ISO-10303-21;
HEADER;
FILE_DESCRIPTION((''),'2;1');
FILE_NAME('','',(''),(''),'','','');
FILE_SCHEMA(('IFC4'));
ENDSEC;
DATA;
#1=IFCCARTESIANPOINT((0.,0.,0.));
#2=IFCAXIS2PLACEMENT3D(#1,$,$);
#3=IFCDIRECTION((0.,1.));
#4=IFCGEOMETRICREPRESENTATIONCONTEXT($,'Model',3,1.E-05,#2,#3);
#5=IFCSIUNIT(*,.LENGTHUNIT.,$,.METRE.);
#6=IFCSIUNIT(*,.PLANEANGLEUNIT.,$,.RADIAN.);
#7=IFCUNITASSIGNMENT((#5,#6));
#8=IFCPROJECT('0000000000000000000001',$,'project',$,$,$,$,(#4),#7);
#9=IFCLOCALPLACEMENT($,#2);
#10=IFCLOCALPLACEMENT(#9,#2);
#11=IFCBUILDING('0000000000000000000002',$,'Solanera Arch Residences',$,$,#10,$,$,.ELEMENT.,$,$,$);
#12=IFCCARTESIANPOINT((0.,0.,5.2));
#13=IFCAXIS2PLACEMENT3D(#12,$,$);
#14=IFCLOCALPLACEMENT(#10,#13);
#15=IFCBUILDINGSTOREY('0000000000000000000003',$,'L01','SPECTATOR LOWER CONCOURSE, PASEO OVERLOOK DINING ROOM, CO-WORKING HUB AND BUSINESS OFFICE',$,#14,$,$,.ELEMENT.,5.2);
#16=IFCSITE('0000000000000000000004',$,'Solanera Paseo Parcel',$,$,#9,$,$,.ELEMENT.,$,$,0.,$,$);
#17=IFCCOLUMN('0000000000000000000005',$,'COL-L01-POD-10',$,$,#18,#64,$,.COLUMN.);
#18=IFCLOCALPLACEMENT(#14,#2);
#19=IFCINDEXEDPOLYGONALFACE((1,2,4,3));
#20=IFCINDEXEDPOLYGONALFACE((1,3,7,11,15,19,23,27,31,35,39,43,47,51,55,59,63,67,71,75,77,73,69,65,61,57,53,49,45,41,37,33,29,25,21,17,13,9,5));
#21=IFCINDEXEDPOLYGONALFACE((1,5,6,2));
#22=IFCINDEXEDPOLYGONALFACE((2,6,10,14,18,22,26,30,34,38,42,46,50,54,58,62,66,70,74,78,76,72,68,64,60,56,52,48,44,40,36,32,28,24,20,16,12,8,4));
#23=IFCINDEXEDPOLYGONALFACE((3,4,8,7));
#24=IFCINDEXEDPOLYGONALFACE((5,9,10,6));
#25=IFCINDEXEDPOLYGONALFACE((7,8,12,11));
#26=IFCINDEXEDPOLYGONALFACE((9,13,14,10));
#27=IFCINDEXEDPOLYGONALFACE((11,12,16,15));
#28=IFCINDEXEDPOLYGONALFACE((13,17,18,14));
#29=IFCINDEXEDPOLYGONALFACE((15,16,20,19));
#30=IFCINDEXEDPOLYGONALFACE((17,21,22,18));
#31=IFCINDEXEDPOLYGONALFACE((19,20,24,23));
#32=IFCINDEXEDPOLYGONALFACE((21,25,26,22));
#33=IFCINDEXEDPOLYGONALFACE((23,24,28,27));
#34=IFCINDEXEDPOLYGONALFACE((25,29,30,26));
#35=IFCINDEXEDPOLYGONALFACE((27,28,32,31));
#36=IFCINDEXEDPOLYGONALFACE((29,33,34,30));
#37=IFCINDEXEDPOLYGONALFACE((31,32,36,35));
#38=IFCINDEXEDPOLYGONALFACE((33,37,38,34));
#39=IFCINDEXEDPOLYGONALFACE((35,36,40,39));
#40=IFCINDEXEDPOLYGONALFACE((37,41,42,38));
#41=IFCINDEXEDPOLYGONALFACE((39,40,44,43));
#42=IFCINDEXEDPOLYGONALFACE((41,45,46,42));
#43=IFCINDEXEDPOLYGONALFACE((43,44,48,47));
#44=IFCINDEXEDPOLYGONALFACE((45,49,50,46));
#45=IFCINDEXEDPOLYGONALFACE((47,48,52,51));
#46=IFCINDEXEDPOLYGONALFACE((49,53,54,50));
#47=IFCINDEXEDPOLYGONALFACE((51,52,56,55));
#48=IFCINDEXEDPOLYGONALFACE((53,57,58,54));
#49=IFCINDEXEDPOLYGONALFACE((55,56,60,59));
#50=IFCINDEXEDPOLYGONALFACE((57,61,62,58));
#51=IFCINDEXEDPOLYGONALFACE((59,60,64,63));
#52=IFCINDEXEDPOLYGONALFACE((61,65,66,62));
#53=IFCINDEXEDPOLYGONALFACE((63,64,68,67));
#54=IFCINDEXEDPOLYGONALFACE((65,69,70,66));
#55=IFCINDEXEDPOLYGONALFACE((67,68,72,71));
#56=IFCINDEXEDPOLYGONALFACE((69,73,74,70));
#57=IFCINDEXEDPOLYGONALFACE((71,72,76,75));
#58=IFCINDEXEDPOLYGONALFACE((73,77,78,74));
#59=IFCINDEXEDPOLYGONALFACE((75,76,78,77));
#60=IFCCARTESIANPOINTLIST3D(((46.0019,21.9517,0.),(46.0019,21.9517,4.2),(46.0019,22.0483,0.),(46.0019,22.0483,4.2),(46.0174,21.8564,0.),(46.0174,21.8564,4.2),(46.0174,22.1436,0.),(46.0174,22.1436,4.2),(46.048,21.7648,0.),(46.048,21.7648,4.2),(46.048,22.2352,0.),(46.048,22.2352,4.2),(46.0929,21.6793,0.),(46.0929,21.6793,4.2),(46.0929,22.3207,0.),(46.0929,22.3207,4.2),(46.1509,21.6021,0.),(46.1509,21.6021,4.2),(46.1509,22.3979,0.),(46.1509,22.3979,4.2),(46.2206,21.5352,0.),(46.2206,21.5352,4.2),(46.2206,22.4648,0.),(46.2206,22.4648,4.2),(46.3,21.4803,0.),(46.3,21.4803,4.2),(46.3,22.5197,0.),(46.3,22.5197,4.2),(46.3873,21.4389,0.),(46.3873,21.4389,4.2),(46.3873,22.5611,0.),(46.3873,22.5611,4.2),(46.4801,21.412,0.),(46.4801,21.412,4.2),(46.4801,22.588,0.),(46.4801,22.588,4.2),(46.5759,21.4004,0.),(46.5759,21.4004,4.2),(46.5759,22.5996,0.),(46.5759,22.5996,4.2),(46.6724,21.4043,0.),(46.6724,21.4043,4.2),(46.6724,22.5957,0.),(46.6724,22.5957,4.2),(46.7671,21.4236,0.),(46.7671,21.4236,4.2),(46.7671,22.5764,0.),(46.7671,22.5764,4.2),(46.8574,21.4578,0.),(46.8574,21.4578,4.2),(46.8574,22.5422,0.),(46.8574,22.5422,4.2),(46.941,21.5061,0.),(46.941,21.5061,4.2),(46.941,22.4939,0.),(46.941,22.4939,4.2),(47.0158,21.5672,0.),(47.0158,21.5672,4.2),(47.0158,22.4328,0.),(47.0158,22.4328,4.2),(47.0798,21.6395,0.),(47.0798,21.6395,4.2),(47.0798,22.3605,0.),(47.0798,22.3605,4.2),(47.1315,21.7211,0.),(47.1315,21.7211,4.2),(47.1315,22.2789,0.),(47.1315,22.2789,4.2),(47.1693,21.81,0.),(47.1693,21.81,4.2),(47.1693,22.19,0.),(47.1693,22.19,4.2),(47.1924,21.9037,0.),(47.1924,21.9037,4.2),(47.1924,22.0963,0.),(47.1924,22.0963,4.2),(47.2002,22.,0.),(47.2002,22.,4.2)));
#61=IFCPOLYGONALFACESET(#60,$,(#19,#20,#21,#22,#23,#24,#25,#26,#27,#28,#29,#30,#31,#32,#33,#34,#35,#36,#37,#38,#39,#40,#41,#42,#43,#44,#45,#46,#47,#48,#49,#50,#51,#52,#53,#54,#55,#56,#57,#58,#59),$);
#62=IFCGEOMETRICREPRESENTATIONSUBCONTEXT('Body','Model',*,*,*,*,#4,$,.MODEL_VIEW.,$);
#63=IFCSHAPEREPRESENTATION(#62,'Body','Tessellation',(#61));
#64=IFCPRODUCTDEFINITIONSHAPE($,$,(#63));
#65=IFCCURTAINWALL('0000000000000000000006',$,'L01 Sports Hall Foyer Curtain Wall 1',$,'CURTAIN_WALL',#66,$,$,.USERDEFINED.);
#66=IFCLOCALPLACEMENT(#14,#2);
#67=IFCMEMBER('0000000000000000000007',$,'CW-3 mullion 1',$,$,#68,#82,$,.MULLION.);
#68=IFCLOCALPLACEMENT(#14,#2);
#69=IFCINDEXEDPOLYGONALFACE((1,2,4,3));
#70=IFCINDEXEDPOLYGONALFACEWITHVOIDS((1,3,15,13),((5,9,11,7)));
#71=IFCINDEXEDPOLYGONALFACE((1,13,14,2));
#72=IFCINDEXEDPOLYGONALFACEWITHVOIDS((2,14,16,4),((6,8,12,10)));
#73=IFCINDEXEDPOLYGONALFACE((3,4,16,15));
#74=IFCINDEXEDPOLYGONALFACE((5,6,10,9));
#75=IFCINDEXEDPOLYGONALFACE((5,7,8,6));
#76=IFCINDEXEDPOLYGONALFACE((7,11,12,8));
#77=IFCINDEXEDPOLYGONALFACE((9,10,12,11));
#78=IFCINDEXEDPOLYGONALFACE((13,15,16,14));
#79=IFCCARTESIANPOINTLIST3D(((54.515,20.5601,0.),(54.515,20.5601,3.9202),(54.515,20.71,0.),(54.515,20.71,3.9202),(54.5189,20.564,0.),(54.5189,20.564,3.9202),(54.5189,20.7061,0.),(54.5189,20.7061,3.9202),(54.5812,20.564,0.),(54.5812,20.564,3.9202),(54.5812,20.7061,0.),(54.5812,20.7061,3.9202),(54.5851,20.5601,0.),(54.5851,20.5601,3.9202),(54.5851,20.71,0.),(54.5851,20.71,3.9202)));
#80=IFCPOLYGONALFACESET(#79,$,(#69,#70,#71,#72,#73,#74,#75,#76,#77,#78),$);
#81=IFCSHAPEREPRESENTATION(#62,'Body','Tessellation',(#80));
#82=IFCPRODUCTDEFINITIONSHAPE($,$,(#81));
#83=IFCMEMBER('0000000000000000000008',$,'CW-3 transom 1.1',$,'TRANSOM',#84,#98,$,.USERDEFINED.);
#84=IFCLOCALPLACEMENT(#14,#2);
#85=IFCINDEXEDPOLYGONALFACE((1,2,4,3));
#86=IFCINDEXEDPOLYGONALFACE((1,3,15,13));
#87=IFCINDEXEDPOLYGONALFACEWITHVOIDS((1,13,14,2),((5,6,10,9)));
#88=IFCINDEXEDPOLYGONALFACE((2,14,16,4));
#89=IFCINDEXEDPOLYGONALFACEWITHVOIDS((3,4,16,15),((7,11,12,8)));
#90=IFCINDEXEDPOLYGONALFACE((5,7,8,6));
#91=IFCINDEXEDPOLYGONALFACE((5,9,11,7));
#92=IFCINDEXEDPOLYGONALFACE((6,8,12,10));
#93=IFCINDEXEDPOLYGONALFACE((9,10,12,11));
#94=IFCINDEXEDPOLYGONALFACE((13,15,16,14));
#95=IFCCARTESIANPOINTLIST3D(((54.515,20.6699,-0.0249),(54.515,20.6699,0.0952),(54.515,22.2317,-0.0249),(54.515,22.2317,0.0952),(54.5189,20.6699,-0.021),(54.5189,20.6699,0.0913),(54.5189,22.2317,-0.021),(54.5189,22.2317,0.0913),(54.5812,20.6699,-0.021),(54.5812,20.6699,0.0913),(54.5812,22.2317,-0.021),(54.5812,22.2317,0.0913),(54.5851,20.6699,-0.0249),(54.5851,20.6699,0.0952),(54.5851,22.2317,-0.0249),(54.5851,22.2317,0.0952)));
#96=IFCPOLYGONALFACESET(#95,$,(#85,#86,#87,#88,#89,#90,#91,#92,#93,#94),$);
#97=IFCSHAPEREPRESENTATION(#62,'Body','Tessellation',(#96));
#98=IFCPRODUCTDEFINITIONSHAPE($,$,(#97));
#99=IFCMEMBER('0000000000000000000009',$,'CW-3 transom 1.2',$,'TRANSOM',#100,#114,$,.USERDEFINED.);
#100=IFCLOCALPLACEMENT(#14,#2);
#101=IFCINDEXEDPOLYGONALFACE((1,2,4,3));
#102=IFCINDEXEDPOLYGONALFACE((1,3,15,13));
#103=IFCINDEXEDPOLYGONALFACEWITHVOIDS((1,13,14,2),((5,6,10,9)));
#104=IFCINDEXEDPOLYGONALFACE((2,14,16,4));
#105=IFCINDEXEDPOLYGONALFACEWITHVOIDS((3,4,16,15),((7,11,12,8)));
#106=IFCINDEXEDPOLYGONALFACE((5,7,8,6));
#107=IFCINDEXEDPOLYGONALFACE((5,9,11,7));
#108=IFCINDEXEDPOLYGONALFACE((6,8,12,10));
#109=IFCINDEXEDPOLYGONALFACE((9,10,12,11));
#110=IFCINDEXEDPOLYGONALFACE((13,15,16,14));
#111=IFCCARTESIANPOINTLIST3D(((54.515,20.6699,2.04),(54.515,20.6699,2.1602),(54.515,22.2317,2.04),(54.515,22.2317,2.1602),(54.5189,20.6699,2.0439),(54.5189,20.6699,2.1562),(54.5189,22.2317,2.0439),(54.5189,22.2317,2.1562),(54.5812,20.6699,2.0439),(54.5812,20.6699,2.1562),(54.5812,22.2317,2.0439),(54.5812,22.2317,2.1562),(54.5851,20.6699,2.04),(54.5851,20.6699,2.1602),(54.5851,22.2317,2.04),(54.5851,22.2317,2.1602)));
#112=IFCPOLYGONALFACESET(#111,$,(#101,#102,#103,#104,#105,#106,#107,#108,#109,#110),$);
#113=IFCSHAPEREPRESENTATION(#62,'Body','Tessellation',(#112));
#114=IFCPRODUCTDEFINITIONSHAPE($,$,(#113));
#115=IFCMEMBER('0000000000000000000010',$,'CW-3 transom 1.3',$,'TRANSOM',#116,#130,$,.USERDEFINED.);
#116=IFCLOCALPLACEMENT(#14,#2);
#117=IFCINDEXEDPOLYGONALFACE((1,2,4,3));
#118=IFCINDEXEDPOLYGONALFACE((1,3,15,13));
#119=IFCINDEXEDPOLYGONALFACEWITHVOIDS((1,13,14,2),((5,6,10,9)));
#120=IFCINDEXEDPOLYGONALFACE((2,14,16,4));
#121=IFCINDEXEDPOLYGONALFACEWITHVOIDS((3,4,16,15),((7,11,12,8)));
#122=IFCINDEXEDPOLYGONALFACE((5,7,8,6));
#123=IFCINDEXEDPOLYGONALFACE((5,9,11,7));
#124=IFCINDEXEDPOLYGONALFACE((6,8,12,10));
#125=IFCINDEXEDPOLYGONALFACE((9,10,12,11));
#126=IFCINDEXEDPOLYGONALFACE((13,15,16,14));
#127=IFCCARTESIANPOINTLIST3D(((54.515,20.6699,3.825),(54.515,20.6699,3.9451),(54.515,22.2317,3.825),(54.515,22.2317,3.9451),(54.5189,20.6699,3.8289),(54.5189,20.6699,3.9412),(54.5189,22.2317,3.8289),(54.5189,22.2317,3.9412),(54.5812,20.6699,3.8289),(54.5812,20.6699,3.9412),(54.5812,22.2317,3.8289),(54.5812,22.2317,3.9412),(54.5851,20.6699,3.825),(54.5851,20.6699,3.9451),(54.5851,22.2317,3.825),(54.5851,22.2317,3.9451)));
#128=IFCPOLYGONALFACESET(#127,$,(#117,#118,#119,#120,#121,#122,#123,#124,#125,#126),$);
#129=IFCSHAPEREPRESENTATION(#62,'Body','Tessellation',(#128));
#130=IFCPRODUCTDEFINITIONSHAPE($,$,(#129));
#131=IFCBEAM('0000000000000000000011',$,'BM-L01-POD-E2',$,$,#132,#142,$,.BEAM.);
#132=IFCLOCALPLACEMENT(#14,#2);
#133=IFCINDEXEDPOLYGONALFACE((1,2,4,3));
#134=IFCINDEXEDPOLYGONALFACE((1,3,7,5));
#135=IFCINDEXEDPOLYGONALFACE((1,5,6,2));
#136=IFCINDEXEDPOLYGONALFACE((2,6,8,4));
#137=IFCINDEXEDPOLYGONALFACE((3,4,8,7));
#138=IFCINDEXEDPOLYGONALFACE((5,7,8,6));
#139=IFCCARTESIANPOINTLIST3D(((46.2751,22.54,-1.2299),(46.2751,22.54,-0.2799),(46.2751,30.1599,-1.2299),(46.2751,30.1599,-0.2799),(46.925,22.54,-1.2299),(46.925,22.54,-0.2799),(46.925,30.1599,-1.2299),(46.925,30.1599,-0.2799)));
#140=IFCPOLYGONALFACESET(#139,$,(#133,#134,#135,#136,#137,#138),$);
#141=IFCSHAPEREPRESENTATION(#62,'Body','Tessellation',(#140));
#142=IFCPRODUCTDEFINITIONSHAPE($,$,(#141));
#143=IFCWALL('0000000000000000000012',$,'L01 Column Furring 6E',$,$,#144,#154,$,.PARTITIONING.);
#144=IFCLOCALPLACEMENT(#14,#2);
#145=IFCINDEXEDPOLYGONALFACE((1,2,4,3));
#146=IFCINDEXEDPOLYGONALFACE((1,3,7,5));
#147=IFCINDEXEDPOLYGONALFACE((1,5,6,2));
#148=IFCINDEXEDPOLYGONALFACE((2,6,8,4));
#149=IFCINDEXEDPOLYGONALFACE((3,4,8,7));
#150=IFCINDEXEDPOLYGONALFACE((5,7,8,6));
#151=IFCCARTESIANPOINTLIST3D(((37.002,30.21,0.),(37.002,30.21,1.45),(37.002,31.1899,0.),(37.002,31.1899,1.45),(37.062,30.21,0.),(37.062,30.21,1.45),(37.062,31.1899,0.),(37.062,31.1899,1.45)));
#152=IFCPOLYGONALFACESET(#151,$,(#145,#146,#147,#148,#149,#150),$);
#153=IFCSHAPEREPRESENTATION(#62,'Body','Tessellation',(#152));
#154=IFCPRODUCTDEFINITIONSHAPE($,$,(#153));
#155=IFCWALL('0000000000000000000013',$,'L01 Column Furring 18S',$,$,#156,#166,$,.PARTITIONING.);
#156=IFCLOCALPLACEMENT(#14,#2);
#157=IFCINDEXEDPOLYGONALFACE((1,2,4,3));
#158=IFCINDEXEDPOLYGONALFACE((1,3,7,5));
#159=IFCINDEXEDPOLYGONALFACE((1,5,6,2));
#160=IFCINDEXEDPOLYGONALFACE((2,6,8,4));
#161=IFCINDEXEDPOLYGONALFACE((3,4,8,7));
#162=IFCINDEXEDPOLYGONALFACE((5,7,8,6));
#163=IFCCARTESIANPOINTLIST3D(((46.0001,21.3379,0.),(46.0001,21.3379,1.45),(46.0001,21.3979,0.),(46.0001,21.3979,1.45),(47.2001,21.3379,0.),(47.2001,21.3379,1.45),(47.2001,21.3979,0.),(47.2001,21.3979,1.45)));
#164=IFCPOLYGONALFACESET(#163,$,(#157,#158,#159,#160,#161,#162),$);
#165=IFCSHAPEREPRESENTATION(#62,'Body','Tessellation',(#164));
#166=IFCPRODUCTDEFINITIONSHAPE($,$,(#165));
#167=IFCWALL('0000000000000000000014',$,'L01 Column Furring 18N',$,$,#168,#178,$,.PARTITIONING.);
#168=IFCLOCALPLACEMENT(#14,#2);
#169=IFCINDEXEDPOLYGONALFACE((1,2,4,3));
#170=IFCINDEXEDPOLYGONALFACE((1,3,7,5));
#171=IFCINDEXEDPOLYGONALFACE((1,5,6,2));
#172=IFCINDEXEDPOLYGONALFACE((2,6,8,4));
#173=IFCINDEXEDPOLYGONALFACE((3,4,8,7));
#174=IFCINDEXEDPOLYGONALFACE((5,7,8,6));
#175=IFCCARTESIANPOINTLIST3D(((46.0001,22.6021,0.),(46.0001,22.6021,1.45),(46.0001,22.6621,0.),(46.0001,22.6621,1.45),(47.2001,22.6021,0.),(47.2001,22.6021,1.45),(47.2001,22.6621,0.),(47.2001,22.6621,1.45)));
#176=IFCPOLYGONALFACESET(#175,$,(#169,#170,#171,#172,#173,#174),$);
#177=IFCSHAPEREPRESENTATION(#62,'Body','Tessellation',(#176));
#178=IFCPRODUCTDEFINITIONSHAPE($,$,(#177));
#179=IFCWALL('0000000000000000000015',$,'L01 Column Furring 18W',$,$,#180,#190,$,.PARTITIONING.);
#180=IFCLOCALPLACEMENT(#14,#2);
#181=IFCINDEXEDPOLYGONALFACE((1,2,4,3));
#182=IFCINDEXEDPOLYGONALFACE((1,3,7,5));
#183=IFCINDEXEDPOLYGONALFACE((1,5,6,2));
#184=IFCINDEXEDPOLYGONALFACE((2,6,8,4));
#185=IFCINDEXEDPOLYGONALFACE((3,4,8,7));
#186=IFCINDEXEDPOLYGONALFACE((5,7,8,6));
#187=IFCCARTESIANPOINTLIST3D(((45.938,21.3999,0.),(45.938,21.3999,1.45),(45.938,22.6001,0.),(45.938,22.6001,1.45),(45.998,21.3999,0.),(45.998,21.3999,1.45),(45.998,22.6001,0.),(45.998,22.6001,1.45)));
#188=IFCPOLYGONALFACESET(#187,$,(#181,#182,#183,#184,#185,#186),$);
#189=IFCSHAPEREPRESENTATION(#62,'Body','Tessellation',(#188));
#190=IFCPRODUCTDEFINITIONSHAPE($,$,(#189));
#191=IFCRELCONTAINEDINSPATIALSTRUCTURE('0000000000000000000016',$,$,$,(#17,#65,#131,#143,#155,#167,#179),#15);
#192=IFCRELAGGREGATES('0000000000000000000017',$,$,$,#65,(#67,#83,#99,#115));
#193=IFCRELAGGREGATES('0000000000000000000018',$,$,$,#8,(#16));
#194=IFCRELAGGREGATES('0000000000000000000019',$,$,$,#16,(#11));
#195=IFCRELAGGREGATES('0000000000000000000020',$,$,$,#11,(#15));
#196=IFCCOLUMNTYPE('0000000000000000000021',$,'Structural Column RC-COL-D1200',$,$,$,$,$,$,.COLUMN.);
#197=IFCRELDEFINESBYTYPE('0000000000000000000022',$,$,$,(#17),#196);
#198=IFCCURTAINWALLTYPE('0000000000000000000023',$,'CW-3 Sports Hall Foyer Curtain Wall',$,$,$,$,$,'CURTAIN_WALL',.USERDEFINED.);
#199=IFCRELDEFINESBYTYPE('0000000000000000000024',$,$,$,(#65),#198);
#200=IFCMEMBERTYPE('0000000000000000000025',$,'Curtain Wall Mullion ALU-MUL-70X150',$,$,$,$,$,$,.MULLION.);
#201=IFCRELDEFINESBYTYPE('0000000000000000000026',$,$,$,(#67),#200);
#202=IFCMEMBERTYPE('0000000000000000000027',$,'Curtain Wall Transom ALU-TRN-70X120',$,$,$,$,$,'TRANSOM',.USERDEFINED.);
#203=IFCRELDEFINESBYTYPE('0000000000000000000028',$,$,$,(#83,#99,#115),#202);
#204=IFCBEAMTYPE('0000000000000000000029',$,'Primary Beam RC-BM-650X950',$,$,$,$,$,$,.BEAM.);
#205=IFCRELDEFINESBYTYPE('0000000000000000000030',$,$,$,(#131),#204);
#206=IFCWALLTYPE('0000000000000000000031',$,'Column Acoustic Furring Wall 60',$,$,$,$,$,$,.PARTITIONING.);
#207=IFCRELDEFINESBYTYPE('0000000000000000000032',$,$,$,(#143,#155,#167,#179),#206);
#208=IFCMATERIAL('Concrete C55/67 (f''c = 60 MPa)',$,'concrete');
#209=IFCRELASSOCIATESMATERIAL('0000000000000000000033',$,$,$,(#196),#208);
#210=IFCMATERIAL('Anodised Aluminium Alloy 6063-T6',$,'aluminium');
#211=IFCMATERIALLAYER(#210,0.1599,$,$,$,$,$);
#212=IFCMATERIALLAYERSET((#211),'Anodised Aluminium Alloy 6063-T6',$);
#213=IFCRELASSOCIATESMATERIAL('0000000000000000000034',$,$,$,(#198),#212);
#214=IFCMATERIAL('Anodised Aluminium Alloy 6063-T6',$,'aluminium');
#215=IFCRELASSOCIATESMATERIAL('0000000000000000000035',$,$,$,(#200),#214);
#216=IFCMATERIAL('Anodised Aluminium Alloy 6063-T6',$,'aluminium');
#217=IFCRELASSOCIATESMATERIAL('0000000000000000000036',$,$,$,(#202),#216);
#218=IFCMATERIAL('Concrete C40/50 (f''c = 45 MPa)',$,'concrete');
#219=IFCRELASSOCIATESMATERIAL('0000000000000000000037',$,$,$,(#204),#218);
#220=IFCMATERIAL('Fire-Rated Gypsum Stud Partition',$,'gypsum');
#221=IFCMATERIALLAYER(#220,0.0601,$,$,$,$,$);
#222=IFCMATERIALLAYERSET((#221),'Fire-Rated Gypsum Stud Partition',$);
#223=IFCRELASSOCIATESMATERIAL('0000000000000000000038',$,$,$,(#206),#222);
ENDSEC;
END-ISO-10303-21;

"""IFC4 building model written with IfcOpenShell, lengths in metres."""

from ifc_helpers import new_model, si_unit, direction, frame, frame_2d, origin, origin_2d, place, context, subcontext, project, spatial, rectangle, hollow_rectangle, circle, extrude, material, layer, layer_set, material_profile, profile_set, type_object, element, aggregate, save


model = new_model("IFC4")

# Units and contexts
model_context = context("Model", 3, precision=1e-05, world=origin(), true_north=direction((0.0, 1.0)))
body_context = subcontext(model_context, "Body", "Model", "MODEL_VIEW")
ifc_project = project(units=[si_unit("LENGTHUNIT", "METRE"), si_unit("PLANEANGLEUNIT", "RADIAN")], contexts=[model_context])

# Site, building, storey
site_placement = place(None, origin())
site = spatial("IfcSite", under=ifc_project, at=site_placement, Name="Solanera Paseo Parcel", CompositionType="ELEMENT", RefElevation=0.0)
building_placement = place(site_placement, origin())
building = spatial("IfcBuilding", under=site, at=building_placement, Name="Solanera Arch Residences", CompositionType="ELEMENT")
storey_placement = place(building_placement, frame((0.0, 0.0, 5.2)))
storey = spatial("IfcBuildingStorey", under=building, at=storey_placement, Name="L01", Description="SPECTATOR LOWER CONCOURSE, PASEO OVERLOOK DINING ROOM, CO-WORKING HUB AND BUSINESS OFFICE", CompositionType="ELEMENT", Elevation=5.2)

# Column
ifc_material_1 = material(Name="Concrete C55/67 (f'c = 60 MPa)", Category="concrete")
ifc_material_profile_1 = material_profile(ifc_material_1, circle(Radius=0.6001, at=origin_2d()))
ifc_profile_set_1 = profile_set([ifc_material_profile_1], Name="Concrete C55/67 (f'c = 60 MPa)")
column_type = type_object("IfcColumnType", Name="Structural Column RC-COL-D1200", PredefinedType="COLUMN", material=ifc_profile_set_1)
column_placement = place(storey_placement, frame((46.6001, 22.0, 0.0), z_axis=(0.0, 0.0, 1.0), x_axis=(1.0, 0.0, 0.0)))
element("IfcColumn", 1, at=column_placement, inside=storey, type_object=column_type, Name="COL-L01-POD-10", PredefinedType="COLUMN", context=body_context, shape_type="SweptSolid", body=[
    extrude(circle(Radius=0.6001, at=origin_2d()), origin(), (0.0, 0.0, 1.0), 4.2),
])

# Curtain wall, members
ifc_material_2 = material(Name="Anodised Aluminium Alloy 6063-T6", Category="aluminium")
ifc_layer_1 = layer(ifc_material_2, 0.1599)
ifc_layer_set_1 = layer_set([ifc_layer_1], Name="Anodised Aluminium Alloy 6063-T6")
curtain_wall_type = type_object("IfcCurtainWallType", Name="CW-3 Sports Hall Foyer Curtain Wall", ElementType="CURTAIN_WALL", PredefinedType="USERDEFINED", material=ifc_layer_set_1)
curtain_wall_placement = place(storey_placement, origin())
curtain_wall = element("IfcCurtainWall", 2, at=curtain_wall_placement, inside=storey, type_object=curtain_wall_type, Name="L01 Sports Hall Foyer Curtain Wall 1", ObjectType="CURTAIN_WALL", PredefinedType="USERDEFINED")
ifc_material_3 = material(Name="Anodised Aluminium Alloy 6063-T6", Category="aluminium")
ifc_material_profile_2 = material_profile(ifc_material_3, hollow_rectangle(XDim=0.0701, YDim=0.1499, WallThickness=0.0039, at=origin_2d()))
ifc_profile_set_2 = profile_set([ifc_material_profile_2], Name="Anodised Aluminium Alloy 6063-T6")
member_type_1 = type_object("IfcMemberType", Name="Curtain Wall Mullion ALU-MUL-70X150", PredefinedType="MULLION", material=ifc_profile_set_2)
member_1_placement = place(storey_placement, frame((54.55, 20.635, 0.0), z_axis=(0.0, 0.0, 1.0), x_axis=(-1.0, 0.0, 0.0)))
member_1 = element("IfcMember", 3, at=member_1_placement, type_object=member_type_1, Name="CW-3 mullion 1", PredefinedType="MULLION", context=body_context, shape_type="SweptSolid", body=[
    extrude(hollow_rectangle(XDim=0.0701, YDim=0.1499, WallThickness=0.0039, at=origin_2d()), origin(), (0.0, 0.0, 1.0), 3.9202),
])
ifc_material_4 = material(Name="Anodised Aluminium Alloy 6063-T6", Category="aluminium")
ifc_material_profile_3 = material_profile(ifc_material_4, hollow_rectangle(XDim=0.0701, YDim=0.1201, WallThickness=0.0039, at=origin_2d()))
ifc_profile_set_3 = profile_set([ifc_material_profile_3], Name="Anodised Aluminium Alloy 6063-T6")
member_type_2 = type_object("IfcMemberType", Name="Curtain Wall Transom ALU-TRN-70X120", ElementType="TRANSOM", PredefinedType="USERDEFINED", material=ifc_profile_set_3)
member_2_placement = place(storey_placement, frame((54.55, 20.6699, 0.0352), z_axis=(0.0, 1.0, 0.0), x_axis=(-1.0, 0.0, 0.0)))
member_2 = element("IfcMember", 4, at=member_2_placement, type_object=member_type_2, Name="CW-3 transom 1.1", ObjectType="TRANSOM", PredefinedType="USERDEFINED", context=body_context, shape_type="SweptSolid", body=[
    extrude(hollow_rectangle(XDim=0.0701, YDim=0.1201, WallThickness=0.0039, at=origin_2d()), origin(), (0.0, 0.0, 1.0), 1.5618),
])
member_3_placement = place(storey_placement, frame((54.55, 20.6699, 2.1001), z_axis=(0.0, 1.0, 0.0), x_axis=(-1.0, 0.0, 0.0)))
member_3 = element("IfcMember", 5, at=member_3_placement, type_object=member_type_2, Name="CW-3 transom 1.2", ObjectType="TRANSOM", PredefinedType="USERDEFINED", context=body_context, shape_type="SweptSolid", body=[
    extrude(hollow_rectangle(XDim=0.0701, YDim=0.1201, WallThickness=0.0039, at=origin_2d()), origin(), (0.0, 0.0, 1.0), 1.5618),
])
member_4_placement = place(storey_placement, frame((54.55, 20.6699, 3.885), z_axis=(0.0, 1.0, 0.0), x_axis=(-1.0, 0.0, 0.0)))
member_4 = element("IfcMember", 6, at=member_4_placement, type_object=member_type_2, Name="CW-3 transom 1.3", ObjectType="TRANSOM", PredefinedType="USERDEFINED", context=body_context, shape_type="SweptSolid", body=[
    extrude(hollow_rectangle(XDim=0.0701, YDim=0.1201, WallThickness=0.0039, at=origin_2d()), origin(), (0.0, 0.0, 1.0), 1.5618),
])
aggregate(curtain_wall, [member_1, member_2, member_3, member_4])

# Beam
ifc_material_5 = material(Name="Concrete C40/50 (f'c = 45 MPa)", Category="concrete")
ifc_material_profile_4 = material_profile(ifc_material_5, rectangle(XDim=0.6499, YDim=0.95, at=origin_2d()))
ifc_profile_set_4 = profile_set([ifc_material_profile_4], Name="Concrete C40/50 (f'c = 45 MPa)")
beam_type = type_object("IfcBeamType", Name="Primary Beam RC-BM-650X950", PredefinedType="BEAM", material=ifc_profile_set_4)
beam_placement = place(storey_placement, frame((46.6001, 22.54, -0.7549), z_axis=(0.0, 1.0, 0.0), x_axis=(-1.0, 0.0, 0.0)))
element("IfcBeam", 7, at=beam_placement, inside=storey, type_object=beam_type, Name="BM-L01-POD-E2", PredefinedType="BEAM", context=body_context, shape_type="SweptSolid", body=[
    extrude(rectangle(XDim=0.6499, YDim=0.95, at=origin_2d()), origin(), (0.0, 0.0, 1.0), 7.6199),
])

# Walls
ifc_material_6 = material(Name="Fire-Rated Gypsum Stud Partition", Category="gypsum")
ifc_layer_2 = layer(ifc_material_6, 0.0601)
ifc_layer_set_2 = layer_set([ifc_layer_2], Name="Fire-Rated Gypsum Stud Partition")
wall_type_1 = type_object("IfcWallType", Name="Column Acoustic Furring Wall 60", PredefinedType="PARTITIONING", material=ifc_layer_set_2)
wall_1_placement = place(storey_placement, frame((37.032, 30.21, 0.0), z_axis=(0.0, 0.0, 1.0), x_axis=(0.0, 1.0, 0.0)))
element("IfcWall", 8, at=wall_1_placement, inside=storey, type_object=wall_type_1, Name="L01 Column Furring 6E", PredefinedType="PARTITIONING", context=body_context, shape_type="SweptSolid", body=[
    extrude(rectangle(XDim=0.98, YDim=0.0601, at=frame_2d((0.49, 0.0))), origin(), (0.0, 0.0, 1.0), 1.45),
])
for number, where, z_axis, x_axis, name in (
    (9, (46.0, 21.3679, 0.0), (0.0, 0.0, 1.0), (1.0, 0.0, 0.0), "L01 Column Furring 18S"),
    (10, (46.0, 22.6321, 0.0), (0.0, 0.0, 1.0), (1.0, 0.0, 0.0), "L01 Column Furring 18N"),
):
    element("IfcWall", number, at=place(storey_placement, frame(where, z_axis=z_axis, x_axis=x_axis)), inside=storey, type_object=wall_type_1, Name=name, PredefinedType="PARTITIONING", context=body_context, shape_type="SweptSolid", body=[
        extrude(rectangle(XDim=1.2, YDim=0.0601, at=frame_2d((0.6001, 0.0))), origin(), (0.0, 0.0, 1.0), 1.45),
    ])
for number, where, z_axis, x_axis, name in (
    (11, (45.968, 21.3999, 0.0), (0.0, 0.0, 1.0), (0.0, 1.0, 0.0), "L01 Column Furring 18W"),
):
    element("IfcWall", number, at=place(storey_placement, frame(where, z_axis=z_axis, x_axis=x_axis)), inside=storey, type_object=wall_type_1, Name=name, PredefinedType="PARTITIONING", context=body_context, shape_type="SweptSolid", body=[
        extrude(rectangle(XDim=1.2002, YDim=0.0601, at=frame_2d((0.6001, 0.0))), origin(), (0.0, 0.0, 1.0), 1.45),
    ])

save(model, "model.ifc")
